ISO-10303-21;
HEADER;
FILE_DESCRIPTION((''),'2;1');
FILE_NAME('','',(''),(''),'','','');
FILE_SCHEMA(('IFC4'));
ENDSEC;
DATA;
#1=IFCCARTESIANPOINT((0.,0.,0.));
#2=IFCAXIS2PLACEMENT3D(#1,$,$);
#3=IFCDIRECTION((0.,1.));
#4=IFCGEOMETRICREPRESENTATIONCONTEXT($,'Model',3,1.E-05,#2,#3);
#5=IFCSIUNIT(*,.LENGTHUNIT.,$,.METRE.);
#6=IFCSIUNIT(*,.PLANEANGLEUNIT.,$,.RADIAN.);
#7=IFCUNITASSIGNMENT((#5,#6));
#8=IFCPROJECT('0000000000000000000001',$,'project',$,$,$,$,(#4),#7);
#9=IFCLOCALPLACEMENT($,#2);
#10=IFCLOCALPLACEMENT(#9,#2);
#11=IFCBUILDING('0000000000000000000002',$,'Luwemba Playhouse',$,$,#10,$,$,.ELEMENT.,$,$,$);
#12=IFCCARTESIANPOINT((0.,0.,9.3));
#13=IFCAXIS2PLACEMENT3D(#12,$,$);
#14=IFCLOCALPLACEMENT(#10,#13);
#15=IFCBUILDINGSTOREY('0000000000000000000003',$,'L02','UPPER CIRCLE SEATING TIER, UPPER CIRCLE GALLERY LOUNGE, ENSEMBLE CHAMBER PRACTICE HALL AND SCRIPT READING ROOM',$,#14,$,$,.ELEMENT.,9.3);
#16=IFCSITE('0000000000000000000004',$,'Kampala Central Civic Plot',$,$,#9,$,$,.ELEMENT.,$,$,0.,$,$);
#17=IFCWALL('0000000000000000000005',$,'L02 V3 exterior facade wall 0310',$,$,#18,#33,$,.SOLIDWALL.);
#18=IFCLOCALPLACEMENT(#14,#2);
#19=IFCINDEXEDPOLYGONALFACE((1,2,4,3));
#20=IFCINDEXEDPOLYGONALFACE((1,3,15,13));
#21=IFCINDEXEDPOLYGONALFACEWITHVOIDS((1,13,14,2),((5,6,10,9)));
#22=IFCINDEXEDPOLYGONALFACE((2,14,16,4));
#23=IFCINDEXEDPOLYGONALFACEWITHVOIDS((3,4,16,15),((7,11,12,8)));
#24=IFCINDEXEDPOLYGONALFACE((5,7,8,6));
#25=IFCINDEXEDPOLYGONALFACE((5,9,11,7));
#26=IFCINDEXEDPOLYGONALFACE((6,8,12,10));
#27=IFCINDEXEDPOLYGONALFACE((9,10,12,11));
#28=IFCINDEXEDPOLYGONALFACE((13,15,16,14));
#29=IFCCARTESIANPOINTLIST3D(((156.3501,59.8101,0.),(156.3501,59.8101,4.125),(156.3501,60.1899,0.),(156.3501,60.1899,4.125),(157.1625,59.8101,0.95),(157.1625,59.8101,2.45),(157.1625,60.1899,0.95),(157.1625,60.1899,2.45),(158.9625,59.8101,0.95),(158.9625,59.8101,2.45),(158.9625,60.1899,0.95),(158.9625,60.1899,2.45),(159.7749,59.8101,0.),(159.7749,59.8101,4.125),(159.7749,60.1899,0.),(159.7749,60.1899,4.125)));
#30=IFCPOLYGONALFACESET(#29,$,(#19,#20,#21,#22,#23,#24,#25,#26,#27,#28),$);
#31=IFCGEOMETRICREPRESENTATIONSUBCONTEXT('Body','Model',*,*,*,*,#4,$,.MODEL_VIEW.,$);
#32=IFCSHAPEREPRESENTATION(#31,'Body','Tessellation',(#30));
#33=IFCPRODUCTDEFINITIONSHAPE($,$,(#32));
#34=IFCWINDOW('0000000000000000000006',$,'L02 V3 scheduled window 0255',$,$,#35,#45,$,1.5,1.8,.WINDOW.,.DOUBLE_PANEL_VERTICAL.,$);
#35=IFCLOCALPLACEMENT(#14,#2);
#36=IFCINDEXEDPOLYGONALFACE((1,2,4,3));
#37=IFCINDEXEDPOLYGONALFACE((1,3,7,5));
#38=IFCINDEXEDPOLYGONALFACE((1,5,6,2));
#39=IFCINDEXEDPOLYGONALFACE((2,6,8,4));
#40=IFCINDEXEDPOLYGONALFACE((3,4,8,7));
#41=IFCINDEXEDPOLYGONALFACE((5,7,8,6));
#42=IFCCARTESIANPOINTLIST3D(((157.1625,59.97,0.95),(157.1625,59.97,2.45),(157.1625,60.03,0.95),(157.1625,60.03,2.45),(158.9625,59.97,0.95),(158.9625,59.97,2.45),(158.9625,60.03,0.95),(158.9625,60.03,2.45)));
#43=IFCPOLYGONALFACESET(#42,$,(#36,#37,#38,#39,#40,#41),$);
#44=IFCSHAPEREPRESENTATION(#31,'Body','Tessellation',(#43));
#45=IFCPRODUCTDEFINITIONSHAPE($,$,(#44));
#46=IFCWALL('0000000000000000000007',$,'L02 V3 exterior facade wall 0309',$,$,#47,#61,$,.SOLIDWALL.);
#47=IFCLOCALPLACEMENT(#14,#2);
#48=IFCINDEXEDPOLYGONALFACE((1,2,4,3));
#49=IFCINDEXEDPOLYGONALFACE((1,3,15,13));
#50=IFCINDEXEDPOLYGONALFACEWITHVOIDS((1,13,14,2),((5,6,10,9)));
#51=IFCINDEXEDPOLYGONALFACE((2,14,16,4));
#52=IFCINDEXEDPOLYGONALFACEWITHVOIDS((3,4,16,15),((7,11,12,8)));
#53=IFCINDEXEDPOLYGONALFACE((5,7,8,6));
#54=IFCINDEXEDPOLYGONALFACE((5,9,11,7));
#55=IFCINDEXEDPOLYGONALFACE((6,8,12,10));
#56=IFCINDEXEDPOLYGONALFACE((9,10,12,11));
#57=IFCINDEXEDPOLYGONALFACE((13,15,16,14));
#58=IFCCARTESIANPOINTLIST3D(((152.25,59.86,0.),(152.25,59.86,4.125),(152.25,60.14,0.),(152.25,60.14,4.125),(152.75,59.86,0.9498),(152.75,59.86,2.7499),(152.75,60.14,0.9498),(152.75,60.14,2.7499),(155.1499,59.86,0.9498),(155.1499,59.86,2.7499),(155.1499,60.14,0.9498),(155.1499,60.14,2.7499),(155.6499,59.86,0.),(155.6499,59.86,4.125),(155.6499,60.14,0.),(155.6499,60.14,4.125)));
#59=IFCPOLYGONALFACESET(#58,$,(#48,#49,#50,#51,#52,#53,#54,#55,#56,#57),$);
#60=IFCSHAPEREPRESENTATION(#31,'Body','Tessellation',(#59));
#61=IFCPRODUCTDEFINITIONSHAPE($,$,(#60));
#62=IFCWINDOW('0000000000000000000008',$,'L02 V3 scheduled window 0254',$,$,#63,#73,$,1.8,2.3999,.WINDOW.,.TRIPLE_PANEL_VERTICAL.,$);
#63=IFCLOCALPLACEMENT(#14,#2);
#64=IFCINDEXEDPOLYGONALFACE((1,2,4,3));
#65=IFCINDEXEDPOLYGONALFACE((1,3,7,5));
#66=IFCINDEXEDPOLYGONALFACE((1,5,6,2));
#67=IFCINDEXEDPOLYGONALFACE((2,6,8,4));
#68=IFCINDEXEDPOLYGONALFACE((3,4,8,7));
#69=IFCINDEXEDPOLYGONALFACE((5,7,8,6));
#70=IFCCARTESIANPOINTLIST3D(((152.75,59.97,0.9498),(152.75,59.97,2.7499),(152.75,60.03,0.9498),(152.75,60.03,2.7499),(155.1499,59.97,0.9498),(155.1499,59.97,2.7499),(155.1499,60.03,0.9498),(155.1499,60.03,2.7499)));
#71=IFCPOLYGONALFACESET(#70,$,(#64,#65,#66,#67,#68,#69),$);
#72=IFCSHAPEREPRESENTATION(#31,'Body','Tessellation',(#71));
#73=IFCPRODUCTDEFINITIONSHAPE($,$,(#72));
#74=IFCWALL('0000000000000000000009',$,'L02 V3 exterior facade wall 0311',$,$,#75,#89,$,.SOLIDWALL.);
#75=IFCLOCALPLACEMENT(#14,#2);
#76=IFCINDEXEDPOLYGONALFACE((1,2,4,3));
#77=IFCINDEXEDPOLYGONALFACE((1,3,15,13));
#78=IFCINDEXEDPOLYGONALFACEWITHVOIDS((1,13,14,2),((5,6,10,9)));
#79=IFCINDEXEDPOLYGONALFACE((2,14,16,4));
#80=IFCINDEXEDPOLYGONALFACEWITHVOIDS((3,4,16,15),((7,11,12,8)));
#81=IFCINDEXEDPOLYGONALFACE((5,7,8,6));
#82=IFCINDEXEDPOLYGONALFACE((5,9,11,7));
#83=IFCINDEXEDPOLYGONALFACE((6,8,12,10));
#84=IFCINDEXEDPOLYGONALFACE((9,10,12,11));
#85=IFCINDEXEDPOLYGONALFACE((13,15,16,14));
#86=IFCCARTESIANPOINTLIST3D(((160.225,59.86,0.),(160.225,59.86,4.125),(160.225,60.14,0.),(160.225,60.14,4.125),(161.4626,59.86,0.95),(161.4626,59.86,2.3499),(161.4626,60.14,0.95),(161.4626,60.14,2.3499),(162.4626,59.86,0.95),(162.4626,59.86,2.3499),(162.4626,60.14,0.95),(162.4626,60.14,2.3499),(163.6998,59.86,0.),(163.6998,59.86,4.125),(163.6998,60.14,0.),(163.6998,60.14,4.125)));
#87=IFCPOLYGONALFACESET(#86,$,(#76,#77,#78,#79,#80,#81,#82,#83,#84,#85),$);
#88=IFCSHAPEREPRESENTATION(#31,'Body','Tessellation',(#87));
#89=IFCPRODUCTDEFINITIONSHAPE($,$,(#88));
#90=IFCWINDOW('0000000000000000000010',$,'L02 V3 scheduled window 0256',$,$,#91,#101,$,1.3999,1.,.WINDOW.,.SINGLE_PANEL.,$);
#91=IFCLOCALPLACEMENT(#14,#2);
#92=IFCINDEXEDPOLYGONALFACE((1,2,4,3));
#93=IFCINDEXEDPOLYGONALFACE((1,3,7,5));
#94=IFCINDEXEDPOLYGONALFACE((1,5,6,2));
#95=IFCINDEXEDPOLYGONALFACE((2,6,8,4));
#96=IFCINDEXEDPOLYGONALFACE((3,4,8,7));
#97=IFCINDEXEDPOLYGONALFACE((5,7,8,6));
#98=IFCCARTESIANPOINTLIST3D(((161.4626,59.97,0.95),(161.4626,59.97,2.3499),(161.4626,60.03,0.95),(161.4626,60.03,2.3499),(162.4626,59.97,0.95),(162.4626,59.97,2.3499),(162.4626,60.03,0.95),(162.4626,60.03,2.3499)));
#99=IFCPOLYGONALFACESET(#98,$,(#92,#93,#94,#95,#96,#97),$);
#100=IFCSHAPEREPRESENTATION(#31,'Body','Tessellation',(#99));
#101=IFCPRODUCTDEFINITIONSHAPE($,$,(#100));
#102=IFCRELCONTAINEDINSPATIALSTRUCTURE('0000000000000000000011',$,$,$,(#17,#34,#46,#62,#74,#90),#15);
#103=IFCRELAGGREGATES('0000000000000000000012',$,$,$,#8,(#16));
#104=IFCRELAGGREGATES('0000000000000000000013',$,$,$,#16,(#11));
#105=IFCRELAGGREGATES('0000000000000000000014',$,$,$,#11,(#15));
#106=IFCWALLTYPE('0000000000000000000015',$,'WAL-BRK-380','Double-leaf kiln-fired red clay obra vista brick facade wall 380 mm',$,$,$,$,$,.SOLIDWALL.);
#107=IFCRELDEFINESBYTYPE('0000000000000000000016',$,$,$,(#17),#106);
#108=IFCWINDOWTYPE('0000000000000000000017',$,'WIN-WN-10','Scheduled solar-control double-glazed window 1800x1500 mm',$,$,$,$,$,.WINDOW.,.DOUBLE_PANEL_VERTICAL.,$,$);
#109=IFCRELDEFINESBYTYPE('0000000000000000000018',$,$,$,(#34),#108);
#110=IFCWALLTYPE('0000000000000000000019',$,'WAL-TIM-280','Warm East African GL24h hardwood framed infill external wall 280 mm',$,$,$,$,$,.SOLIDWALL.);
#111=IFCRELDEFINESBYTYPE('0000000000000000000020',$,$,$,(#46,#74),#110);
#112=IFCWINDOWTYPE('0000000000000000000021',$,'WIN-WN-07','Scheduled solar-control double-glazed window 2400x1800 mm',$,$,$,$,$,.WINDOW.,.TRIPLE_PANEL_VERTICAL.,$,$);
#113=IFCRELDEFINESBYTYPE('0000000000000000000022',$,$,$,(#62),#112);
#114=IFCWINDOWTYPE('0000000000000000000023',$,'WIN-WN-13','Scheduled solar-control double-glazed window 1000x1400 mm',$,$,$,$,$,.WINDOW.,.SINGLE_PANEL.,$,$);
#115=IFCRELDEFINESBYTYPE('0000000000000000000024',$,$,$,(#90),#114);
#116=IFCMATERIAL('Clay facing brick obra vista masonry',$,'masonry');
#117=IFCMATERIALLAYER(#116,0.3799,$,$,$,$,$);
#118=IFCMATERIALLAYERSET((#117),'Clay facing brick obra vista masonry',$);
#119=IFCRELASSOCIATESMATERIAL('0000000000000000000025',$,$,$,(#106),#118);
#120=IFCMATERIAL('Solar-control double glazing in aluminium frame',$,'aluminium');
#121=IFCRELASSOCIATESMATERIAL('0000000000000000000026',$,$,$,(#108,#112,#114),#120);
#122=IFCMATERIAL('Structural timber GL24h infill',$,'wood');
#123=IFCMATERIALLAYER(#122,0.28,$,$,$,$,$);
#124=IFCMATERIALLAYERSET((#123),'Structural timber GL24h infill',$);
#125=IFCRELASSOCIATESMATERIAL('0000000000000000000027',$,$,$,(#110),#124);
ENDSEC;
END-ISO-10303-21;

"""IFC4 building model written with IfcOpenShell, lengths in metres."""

from ifc_helpers import new_model, si_unit, direction, frame, frame_2d, origin, place, context, subcontext, project, spatial, rectangle, extrude, material, layer, layer_set, type_object, element, fill, save


model = new_model("IFC4")

# Units and contexts
model_context = context("Model", 3, precision=1e-05, world=origin(), true_north=direction((0.0, 1.0)))
body_context = subcontext(model_context, "Body", "Model", "MODEL_VIEW")
ifc_project = project(units=[si_unit("LENGTHUNIT", "METRE"), si_unit("PLANEANGLEUNIT", "RADIAN")], contexts=[model_context])

# Site, building, storey
site_placement = place(None, origin())
site = spatial("IfcSite", under=ifc_project, at=site_placement, Name="Kampala Central Civic Plot", CompositionType="ELEMENT", RefElevation=0.0)
building_placement = place(site_placement, origin())
building = spatial("IfcBuilding", under=site, at=building_placement, Name="Luwemba Playhouse", CompositionType="ELEMENT")
storey_placement = place(building_placement, frame((0.0, 0.0, 9.3)))
storey = spatial("IfcBuildingStorey", under=building, at=storey_placement, Name="L02", Description="UPPER CIRCLE SEATING TIER, UPPER CIRCLE GALLERY LOUNGE, ENSEMBLE CHAMBER PRACTICE HALL AND SCRIPT READING ROOM", CompositionType="ELEMENT", Elevation=9.3)

# Walls, openings, windows
ifc_material_1 = material(Name="Clay facing brick obra vista masonry", Category="masonry")
ifc_layer_1 = layer(ifc_material_1, 0.3799)
ifc_layer_set_1 = layer_set([ifc_layer_1], Name="Clay facing brick obra vista masonry")
wall_type_1 = type_object("IfcWallType", Name="WAL-BRK-380", Description="Double-leaf kiln-fired red clay obra vista brick facade wall 380 mm", PredefinedType="SOLIDWALL", material=ifc_layer_set_1)
wall_1_placement = place(storey_placement, frame((156.3501, 60.0, 0.0), z_axis=(0.0, 0.0, 1.0), x_axis=(1.0, 0.0, 0.0)))
wall_1 = element("IfcWall", 1, at=wall_1_placement, inside=storey, type_object=wall_type_1, Name="L02 V3 exterior facade wall 0310", PredefinedType="SOLIDWALL", context=body_context, shape_type="SweptSolid", body=[
    extrude(rectangle(XDim=3.4248, YDim=0.3799, at=frame_2d((1.7124, 0.0))), origin(), (0.0, 0.0, 1.0), 4.125),
])
opening_1_placement = place(wall_1_placement, frame((0.8125, 0.0, 0.95)))
opening_1 = element("IfcOpeningElement", 2, at=opening_1_placement, cuts=wall_1, PredefinedType="OPENING", context=body_context, shape_type="SweptSolid", body=[
    extrude(rectangle(XDim=1.8, YDim=1.5, at=frame_2d((0.8999, 0.75))), frame((0.0, 0.2, 0.0), z_axis=(0.0, -1.0, 0.0), x_axis=(1.0, 0.0, 0.0)), (0.0, 0.0, 1.0), 0.3999),
])
ifc_material_2 = material(Name="Solar-control double glazing in aluminium frame", Category="aluminium")
window_type_1 = type_object("IfcWindowType", Name="WIN-WN-10", Description="Scheduled solar-control double-glazed window 1800x1500 mm", PartitioningType="DOUBLE_PANEL_VERTICAL", PredefinedType="WINDOW", material=ifc_material_2)
window_1_placement = place(opening_1_placement, origin())
window_1 = element("IfcWindow", 3, at=window_1_placement, inside=storey, type_object=window_type_1, Name="L02 V3 scheduled window 0255", OverallHeight=1.5, OverallWidth=1.8, PartitioningType="DOUBLE_PANEL_VERTICAL", PredefinedType="WINDOW", context=body_context, shape_type="SweptSolid", body=[
    extrude(rectangle(XDim=1.8, YDim=1.5, at=frame_2d((0.8999, 0.75))), frame((0.0, 0.03, 0.0), z_axis=(0.0, -1.0, 0.0), x_axis=(1.0, 0.0, 0.0)), (0.0, 0.0, 1.0), 0.0601),
])
fill(opening_1, window_1)
ifc_material_3 = material(Name="Structural timber GL24h infill", Category="wood")
ifc_layer_2 = layer(ifc_material_3, 0.28)
ifc_layer_set_2 = layer_set([ifc_layer_2], Name="Structural timber GL24h infill")
wall_type_2 = type_object("IfcWallType", Name="WAL-TIM-280", Description="Warm East African GL24h hardwood framed infill external wall 280 mm", PredefinedType="SOLIDWALL", material=ifc_layer_set_2)
wall_2_placement = place(storey_placement, frame((152.25, 60.0, 0.0), z_axis=(0.0, 0.0, 1.0), x_axis=(1.0, 0.0, 0.0)))
wall_2 = element("IfcWall", 4, at=wall_2_placement, inside=storey, type_object=wall_type_2, Name="L02 V3 exterior facade wall 0309", PredefinedType="SOLIDWALL", context=body_context, shape_type="SweptSolid", body=[
    extrude(rectangle(XDim=3.3999, YDim=0.28, at=frame_2d((1.7, 0.0))), origin(), (0.0, 0.0, 1.0), 4.125),
])
opening_2_placement = place(wall_2_placement, frame((0.5, 0.0, 0.95)))
opening_2 = element("IfcOpeningElement", 5, at=opening_2_placement, cuts=wall_2, PredefinedType="OPENING", context=body_context, shape_type="SweptSolid", body=[
    extrude(rectangle(XDim=2.3999, YDim=1.8, at=frame_2d((1.2, 0.8999))), frame((0.0, 0.1499, 0.0), z_axis=(0.0, -1.0, 0.0), x_axis=(1.0, 0.0, 0.0)), (0.0, 0.0, 1.0), 0.3),
])
window_type_2 = type_object("IfcWindowType", Name="WIN-WN-07", Description="Scheduled solar-control double-glazed window 2400x1800 mm", PartitioningType="TRIPLE_PANEL_VERTICAL", PredefinedType="WINDOW", material=ifc_material_2)
window_2_placement = place(opening_2_placement, origin())
window_2 = element("IfcWindow", 6, at=window_2_placement, inside=storey, type_object=window_type_2, Name="L02 V3 scheduled window 0254", OverallHeight=1.8, OverallWidth=2.3999, PartitioningType="TRIPLE_PANEL_VERTICAL", PredefinedType="WINDOW", context=body_context, shape_type="SweptSolid", body=[
    extrude(rectangle(XDim=2.3999, YDim=1.8, at=frame_2d((1.2, 0.8999))), frame((0.0, 0.03, 0.0), z_axis=(0.0, -1.0, 0.0), x_axis=(1.0, 0.0, 0.0)), (0.0, 0.0, 1.0), 0.0601),
])
fill(opening_2, window_2)
wall_3_placement = place(storey_placement, frame((160.2251, 60.0, 0.0), z_axis=(0.0, 0.0, 1.0), x_axis=(1.0, 0.0, 0.0)))
wall_3 = element("IfcWall", 7, at=wall_3_placement, inside=storey, type_object=wall_type_2, Name="L02 V3 exterior facade wall 0311", PredefinedType="SOLIDWALL", context=body_context, shape_type="SweptSolid", body=[
    extrude(rectangle(XDim=3.4749, YDim=0.28, at=frame_2d((1.7373, 0.0))), origin(), (0.0, 0.0, 1.0), 4.125),
])
opening_3_placement = place(wall_3_placement, frame((1.2375, 0.0, 0.95)))
opening_3 = element("IfcOpeningElement", 8, at=opening_3_placement, cuts=wall_3, PredefinedType="OPENING", context=body_context, shape_type="SweptSolid", body=[
    extrude(rectangle(XDim=1.0, YDim=1.3999, at=frame_2d((0.5, 0.7))), frame((0.0, 0.1499, 0.0), z_axis=(0.0, -1.0, 0.0), x_axis=(1.0, 0.0, 0.0)), (0.0, 0.0, 1.0), 0.3),
])
window_type_3 = type_object("IfcWindowType", Name="WIN-WN-13", Description="Scheduled solar-control double-glazed window 1000x1400 mm", PartitioningType="SINGLE_PANEL", PredefinedType="WINDOW", material=ifc_material_2)
window_3_placement = place(opening_3_placement, origin())
window_3 = element("IfcWindow", 9, at=window_3_placement, inside=storey, type_object=window_type_3, Name="L02 V3 scheduled window 0256", OverallHeight=1.3999, OverallWidth=1.0, PartitioningType="SINGLE_PANEL", PredefinedType="WINDOW", context=body_context, shape_type="SweptSolid", body=[
    extrude(rectangle(XDim=1.0, YDim=1.3999, at=frame_2d((0.5, 0.7))), frame((0.0, 0.03, 0.0), z_axis=(0.0, -1.0, 0.0), x_axis=(1.0, 0.0, 0.0)), (0.0, 0.0, 1.0), 0.0601),
])
fill(opening_3, window_3)

save(model, "model.ifc")
